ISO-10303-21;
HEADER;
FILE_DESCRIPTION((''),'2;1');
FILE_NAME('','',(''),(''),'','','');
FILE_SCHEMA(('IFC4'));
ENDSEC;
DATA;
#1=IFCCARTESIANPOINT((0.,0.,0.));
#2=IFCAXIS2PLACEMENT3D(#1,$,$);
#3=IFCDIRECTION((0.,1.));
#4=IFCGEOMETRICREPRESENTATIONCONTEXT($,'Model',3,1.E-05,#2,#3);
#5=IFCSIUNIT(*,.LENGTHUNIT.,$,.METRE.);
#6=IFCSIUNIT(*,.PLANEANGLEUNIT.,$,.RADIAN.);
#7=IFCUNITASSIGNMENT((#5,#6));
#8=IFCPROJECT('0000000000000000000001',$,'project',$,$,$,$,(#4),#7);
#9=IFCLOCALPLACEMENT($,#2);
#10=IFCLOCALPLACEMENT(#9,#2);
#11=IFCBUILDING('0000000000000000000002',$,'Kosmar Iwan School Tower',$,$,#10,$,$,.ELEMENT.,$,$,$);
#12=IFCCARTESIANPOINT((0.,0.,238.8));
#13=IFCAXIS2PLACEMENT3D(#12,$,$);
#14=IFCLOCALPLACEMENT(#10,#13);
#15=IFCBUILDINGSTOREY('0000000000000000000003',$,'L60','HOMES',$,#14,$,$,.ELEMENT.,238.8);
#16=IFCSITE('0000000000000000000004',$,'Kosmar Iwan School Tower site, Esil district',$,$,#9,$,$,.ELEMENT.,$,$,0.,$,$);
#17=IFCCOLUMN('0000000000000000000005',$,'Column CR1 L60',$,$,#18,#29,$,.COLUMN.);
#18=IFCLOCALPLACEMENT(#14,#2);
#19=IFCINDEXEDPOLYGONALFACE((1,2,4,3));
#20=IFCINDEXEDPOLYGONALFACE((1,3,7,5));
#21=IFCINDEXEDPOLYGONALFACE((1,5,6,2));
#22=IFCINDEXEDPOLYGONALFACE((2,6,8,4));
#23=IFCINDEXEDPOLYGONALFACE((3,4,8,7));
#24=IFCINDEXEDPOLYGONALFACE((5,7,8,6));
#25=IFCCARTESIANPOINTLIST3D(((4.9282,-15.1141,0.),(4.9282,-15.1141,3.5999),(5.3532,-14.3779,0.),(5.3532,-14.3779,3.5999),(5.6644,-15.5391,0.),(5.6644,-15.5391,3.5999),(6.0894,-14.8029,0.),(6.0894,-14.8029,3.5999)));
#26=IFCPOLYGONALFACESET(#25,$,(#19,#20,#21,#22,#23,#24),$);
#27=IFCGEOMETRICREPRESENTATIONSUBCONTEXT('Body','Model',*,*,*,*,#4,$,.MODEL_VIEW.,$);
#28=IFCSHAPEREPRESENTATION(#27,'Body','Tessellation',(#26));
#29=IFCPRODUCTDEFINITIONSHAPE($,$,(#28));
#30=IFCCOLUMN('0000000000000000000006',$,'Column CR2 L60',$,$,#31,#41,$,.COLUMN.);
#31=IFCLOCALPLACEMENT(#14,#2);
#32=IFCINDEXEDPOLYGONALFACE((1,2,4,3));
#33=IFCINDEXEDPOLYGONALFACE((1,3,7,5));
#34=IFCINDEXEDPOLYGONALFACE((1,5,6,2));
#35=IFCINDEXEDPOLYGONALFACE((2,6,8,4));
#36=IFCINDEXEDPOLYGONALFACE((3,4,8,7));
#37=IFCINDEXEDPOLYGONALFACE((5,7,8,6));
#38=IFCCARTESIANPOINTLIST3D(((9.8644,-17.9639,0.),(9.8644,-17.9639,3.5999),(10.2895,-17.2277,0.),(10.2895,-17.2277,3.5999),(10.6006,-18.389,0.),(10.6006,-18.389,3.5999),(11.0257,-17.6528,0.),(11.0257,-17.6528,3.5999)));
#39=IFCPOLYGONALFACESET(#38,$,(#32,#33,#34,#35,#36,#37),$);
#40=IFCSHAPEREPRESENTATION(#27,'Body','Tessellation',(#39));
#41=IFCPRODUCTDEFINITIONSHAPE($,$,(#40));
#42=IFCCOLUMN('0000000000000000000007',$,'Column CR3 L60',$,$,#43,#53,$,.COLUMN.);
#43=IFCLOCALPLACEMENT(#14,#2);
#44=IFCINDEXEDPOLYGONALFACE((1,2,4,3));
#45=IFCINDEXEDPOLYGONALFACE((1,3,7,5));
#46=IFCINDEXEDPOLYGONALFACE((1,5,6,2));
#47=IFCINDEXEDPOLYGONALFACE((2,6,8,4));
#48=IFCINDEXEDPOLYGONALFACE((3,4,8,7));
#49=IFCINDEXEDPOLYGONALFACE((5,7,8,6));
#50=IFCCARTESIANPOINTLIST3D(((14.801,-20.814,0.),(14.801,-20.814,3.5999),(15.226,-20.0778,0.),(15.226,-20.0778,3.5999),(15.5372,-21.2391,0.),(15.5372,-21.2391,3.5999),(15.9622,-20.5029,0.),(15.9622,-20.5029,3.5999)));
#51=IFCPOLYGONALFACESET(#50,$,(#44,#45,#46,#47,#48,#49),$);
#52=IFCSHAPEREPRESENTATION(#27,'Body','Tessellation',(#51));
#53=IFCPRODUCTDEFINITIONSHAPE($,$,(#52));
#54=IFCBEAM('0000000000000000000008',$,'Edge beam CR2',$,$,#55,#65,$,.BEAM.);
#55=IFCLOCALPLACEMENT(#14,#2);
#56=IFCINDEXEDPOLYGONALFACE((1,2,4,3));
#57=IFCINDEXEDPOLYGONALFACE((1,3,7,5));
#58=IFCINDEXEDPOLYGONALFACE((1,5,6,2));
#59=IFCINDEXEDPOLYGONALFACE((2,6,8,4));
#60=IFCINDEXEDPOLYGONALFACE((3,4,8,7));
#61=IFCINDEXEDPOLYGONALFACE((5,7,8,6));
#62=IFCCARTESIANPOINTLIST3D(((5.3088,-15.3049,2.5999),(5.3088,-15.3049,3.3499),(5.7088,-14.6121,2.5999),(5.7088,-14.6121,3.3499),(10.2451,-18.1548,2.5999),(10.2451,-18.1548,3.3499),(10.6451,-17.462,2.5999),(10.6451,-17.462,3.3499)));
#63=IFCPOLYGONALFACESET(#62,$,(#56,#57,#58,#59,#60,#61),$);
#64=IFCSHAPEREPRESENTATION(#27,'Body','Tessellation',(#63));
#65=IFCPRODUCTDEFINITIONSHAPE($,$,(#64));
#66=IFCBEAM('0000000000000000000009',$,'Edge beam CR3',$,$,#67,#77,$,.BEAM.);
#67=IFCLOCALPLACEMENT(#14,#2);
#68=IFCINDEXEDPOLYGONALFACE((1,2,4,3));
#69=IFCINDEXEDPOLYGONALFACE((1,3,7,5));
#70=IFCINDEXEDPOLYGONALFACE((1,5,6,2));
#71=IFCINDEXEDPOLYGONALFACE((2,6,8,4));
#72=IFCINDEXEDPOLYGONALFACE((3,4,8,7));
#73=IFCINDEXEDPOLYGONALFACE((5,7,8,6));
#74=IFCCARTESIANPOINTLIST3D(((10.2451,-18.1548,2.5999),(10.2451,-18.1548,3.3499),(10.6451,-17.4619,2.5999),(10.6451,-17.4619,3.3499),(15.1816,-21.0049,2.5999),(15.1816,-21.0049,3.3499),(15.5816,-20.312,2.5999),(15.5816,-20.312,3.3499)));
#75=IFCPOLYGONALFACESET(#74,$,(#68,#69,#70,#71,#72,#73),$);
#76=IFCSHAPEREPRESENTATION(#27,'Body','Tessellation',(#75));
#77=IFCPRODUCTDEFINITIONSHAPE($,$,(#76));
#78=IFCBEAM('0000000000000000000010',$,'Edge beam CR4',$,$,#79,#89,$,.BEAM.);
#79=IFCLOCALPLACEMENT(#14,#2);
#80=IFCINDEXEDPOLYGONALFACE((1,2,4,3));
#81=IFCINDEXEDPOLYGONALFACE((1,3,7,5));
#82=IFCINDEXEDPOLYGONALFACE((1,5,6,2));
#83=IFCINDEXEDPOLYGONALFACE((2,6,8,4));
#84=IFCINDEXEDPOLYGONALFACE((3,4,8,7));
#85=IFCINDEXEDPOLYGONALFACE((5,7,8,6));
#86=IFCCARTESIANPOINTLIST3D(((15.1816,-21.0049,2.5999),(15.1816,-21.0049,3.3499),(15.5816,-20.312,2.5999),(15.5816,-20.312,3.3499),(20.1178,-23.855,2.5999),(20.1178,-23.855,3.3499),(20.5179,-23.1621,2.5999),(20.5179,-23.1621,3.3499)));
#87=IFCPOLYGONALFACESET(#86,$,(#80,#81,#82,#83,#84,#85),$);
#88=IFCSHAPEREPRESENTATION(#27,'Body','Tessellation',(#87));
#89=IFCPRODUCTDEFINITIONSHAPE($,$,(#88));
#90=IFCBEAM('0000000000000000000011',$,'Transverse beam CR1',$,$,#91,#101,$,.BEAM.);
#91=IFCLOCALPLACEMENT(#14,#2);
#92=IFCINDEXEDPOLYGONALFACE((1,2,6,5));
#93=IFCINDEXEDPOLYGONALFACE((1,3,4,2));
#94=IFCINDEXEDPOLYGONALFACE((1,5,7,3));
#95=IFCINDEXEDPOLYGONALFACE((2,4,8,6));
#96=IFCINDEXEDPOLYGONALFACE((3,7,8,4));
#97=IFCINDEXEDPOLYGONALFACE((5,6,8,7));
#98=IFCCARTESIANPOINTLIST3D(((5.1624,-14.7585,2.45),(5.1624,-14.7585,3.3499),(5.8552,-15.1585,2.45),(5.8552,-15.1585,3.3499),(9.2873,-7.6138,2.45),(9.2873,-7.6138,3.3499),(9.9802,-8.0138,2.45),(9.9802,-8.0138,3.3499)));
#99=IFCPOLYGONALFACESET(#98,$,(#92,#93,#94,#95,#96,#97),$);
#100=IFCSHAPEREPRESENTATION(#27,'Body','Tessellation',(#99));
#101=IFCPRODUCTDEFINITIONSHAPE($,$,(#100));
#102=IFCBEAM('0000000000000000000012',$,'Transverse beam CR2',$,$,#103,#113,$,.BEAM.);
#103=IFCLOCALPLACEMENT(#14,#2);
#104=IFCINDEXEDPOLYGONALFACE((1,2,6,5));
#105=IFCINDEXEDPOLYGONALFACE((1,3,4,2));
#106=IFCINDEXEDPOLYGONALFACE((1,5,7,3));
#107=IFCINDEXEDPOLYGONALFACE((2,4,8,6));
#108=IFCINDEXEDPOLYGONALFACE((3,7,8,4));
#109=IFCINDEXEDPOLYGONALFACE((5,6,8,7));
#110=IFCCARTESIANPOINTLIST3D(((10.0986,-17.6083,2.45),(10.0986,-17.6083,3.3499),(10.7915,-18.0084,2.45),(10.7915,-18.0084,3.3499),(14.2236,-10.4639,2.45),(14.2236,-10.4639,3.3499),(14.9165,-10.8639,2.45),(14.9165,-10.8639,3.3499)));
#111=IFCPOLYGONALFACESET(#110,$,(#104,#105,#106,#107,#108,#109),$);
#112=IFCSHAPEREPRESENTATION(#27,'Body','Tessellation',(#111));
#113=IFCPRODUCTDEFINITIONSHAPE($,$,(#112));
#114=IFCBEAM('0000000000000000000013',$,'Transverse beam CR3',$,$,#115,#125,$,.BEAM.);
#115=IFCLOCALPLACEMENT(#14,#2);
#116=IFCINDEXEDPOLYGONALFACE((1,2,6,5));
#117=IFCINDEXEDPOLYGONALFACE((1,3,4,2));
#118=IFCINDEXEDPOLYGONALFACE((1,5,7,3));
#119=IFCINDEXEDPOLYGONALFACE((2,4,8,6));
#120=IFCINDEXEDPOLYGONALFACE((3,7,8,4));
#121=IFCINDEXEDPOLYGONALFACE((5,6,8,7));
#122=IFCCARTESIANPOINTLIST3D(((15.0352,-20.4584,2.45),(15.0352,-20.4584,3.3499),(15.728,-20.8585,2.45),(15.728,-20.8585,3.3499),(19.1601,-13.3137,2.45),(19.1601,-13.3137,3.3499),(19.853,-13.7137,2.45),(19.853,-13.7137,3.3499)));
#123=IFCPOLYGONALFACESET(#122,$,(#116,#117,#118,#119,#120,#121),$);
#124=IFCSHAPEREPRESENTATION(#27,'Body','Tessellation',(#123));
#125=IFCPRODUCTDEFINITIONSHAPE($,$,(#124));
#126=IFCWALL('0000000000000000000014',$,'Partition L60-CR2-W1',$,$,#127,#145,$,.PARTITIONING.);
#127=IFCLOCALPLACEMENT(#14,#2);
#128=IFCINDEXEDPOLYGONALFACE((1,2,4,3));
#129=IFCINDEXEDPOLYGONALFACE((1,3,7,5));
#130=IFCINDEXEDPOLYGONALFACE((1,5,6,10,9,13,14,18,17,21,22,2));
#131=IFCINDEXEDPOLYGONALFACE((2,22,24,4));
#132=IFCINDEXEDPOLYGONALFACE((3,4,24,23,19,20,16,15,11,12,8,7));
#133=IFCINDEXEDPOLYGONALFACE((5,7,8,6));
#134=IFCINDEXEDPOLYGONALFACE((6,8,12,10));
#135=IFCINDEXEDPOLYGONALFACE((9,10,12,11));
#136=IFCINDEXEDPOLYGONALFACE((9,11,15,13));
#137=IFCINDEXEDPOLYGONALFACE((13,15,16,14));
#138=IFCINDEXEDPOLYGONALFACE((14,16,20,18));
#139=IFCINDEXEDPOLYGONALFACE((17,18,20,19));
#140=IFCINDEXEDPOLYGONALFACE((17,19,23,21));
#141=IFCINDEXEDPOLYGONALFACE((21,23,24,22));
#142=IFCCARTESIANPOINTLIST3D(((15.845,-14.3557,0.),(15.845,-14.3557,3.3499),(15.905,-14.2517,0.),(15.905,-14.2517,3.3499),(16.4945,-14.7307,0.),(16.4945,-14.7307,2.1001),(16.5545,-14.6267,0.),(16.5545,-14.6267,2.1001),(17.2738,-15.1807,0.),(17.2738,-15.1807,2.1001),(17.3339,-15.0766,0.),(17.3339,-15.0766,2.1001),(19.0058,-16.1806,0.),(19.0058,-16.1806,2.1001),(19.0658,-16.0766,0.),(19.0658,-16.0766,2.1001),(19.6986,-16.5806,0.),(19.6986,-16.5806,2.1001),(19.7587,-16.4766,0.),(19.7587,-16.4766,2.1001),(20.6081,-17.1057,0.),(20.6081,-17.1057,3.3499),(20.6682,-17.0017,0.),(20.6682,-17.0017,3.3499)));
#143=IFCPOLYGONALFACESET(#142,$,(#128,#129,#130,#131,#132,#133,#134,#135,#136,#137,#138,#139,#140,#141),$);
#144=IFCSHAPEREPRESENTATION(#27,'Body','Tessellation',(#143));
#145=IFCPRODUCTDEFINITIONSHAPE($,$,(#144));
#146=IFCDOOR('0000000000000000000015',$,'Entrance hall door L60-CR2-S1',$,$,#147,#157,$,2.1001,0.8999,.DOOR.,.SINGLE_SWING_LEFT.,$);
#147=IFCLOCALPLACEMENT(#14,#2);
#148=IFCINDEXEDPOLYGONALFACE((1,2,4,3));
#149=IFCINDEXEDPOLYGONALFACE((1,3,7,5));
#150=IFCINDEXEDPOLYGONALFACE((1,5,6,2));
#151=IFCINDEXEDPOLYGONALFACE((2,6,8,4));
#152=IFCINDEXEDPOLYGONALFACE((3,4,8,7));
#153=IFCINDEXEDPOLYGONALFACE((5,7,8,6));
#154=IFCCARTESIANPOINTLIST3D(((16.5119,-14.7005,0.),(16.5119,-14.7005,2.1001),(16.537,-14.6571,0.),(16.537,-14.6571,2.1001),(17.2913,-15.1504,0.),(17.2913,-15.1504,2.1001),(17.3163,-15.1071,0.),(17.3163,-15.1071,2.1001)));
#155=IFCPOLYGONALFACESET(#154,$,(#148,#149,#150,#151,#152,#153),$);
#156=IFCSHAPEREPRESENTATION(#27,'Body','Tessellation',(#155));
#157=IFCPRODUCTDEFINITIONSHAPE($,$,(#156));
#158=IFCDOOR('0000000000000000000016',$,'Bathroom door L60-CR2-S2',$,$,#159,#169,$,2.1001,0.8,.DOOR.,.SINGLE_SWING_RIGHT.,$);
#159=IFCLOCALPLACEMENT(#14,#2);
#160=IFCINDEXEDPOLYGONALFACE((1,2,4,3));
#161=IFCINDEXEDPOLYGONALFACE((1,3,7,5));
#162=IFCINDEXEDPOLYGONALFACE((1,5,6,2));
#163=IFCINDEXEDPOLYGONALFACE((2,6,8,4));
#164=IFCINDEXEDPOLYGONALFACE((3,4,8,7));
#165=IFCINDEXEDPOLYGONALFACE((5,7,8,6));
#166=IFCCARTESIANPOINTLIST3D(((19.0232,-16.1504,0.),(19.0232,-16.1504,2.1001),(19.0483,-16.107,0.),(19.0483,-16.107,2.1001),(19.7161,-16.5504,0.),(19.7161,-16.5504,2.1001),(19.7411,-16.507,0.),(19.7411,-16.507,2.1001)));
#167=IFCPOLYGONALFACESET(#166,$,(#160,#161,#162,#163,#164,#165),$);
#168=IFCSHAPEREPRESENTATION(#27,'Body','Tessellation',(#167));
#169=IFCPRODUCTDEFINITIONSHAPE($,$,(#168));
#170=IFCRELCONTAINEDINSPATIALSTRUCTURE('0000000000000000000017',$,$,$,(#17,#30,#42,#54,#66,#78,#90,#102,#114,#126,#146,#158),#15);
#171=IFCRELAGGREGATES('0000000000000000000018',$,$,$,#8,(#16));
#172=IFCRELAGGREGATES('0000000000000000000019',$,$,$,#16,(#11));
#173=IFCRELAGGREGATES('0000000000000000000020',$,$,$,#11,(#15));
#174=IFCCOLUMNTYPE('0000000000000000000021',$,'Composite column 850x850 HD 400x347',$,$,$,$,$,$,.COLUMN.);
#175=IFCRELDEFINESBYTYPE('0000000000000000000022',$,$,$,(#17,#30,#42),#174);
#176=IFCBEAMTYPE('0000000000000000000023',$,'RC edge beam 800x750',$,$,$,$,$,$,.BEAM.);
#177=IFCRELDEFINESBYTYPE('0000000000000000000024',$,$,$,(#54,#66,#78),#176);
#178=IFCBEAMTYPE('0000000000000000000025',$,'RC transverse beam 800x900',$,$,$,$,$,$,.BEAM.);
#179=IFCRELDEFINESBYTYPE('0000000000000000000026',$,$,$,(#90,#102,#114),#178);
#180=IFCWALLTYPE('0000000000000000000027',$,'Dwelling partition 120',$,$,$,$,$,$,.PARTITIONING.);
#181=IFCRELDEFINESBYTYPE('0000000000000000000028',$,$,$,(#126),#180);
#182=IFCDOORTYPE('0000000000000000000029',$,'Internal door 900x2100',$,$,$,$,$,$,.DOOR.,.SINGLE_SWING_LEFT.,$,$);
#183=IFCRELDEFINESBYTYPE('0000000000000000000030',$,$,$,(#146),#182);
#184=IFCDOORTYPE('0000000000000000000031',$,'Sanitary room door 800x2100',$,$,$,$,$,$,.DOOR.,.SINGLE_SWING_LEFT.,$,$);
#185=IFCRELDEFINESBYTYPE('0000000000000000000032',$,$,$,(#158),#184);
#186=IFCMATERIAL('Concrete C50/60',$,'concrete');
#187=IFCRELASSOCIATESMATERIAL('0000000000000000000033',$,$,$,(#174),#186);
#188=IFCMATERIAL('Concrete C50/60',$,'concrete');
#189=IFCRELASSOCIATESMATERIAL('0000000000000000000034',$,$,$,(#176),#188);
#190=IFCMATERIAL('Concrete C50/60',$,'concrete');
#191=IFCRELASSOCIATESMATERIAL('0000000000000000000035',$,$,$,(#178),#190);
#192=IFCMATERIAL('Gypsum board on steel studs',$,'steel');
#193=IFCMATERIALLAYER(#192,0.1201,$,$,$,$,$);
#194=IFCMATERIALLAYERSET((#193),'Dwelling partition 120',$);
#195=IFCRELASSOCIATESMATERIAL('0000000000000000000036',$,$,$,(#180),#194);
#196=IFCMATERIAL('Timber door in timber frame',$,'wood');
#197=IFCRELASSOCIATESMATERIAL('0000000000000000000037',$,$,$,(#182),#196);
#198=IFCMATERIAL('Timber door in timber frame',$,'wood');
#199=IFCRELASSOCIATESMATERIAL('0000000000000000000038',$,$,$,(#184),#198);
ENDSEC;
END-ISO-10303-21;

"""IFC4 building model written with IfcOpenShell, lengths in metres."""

from ifc_helpers import new_model, si_unit, direction, frame, frame_2d, origin, origin_2d, place, context, subcontext, project, spatial, rectangle, extrude, material, layer, layer_set, material_profile, profile_set, type_object, element, fill, save


model = new_model("IFC4")

# Units and contexts
model_context = context("Model", 3, precision=1e-05, world=origin(), true_north=direction((0.0, 1.0)))
body_context = subcontext(model_context, "Body", "Model", "MODEL_VIEW")
ifc_project = project(units=[si_unit("LENGTHUNIT", "METRE"), si_unit("PLANEANGLEUNIT", "RADIAN")], contexts=[model_context])

# Site, building, storey
site_placement = place(None, origin())
site = spatial("IfcSite", under=ifc_project, at=site_placement, Name="Kosmar Iwan School Tower site, Esil district", CompositionType="ELEMENT", RefElevation=0.0)
building_placement = place(site_placement, origin())
building = spatial("IfcBuilding", under=site, at=building_placement, Name="Kosmar Iwan School Tower", CompositionType="ELEMENT")
storey_placement = place(building_placement, frame((0.0, 0.0, 238.8)))
storey = spatial("IfcBuildingStorey", under=building, at=storey_placement, Name="L60", Description="HOMES", CompositionType="ELEMENT", Elevation=238.8)

# Columns
ifc_material_1 = material(Name="Concrete C50/60", Category="concrete")
ifc_material_profile_1 = material_profile(ifc_material_1, rectangle(XDim=0.8501, YDim=0.8501, at=origin_2d()), Name="RC 850x850 + HD 400x347")
ifc_profile_set_1 = profile_set([ifc_material_profile_1], Name="Concrete C50/60")
column_type = type_object("IfcColumnType", Name="Composite column 850x850 HD 400x347", PredefinedType="COLUMN", material=ifc_profile_set_1)
for number, where, z_axis, x_axis, name in (
    (1, (5.5088, -14.9585, 0.0), (0.0, 0.0, 1.0), (0.866025, -0.5, 0.0), "Column CR1 L60"),
    (2, (10.4451, -17.8083, 0.0), (0.0, 0.0, 1.0), (0.866025, -0.5, 0.0), "Column CR2 L60"),
    (3, (15.3816, -20.6584, 0.0), (0.0, 0.0, 1.0), (0.866025, -0.5, 0.0), "Column CR3 L60"),
):
    element("IfcColumn", number, at=place(storey_placement, frame(where, z_axis=z_axis, x_axis=x_axis)), inside=storey, type_object=column_type, Name=name, PredefinedType="COLUMN", context=body_context, shape_type="SweptSolid", body=[
        extrude(rectangle(XDim=0.8501, YDim=0.8501, at=origin_2d()), origin(), (0.0, 0.0, 1.0), 3.5999),
    ])

# Beams
ifc_material_2 = material(Name="Concrete C50/60", Category="concrete")
ifc_material_profile_2 = material_profile(ifc_material_2, rectangle(XDim=0.8, YDim=0.75, at=origin_2d()), Name="RC 800x750")
ifc_profile_set_2 = profile_set([ifc_material_profile_2], Name="Concrete C50/60")
beam_type_1 = type_object("IfcBeamType", Name="RC edge beam 800x750", PredefinedType="BEAM", material=ifc_profile_set_2)
beam_1_placement = place(storey_placement, frame((5.5088, -14.9585, 2.9749), z_axis=(0.866034, -0.499986, 0.0), x_axis=(0.499986, 0.866034, 0.0)))
element("IfcBeam", 4, at=beam_1_placement, inside=storey, type_object=beam_type_1, Name="Edge beam CR2", PredefinedType="BEAM", context=body_context, shape_type="SweptSolid", body=[
    extrude(rectangle(XDim=0.8, YDim=0.75, at=origin_2d()), origin(), (0.0, 0.0, 1.0), 5.7),
])
beam_2_placement = place(storey_placement, frame((10.4451, -17.8083, 2.9749), z_axis=(0.866026, -0.499999, 0.0), x_axis=(0.499999, 0.866026, 0.0)))
element("IfcBeam", 5, at=beam_2_placement, inside=storey, type_object=beam_type_1, Name="Edge beam CR3", PredefinedType="BEAM", context=body_context, shape_type="SweptSolid", body=[
    extrude(rectangle(XDim=0.8, YDim=0.75, at=origin_2d()), origin(), (0.0, 0.0, 1.0), 5.7002),
])
beam_3_placement = place(storey_placement, frame((15.3816, -20.6584, 2.9749), z_axis=(0.866015, -0.500018, 0.0), x_axis=(0.500018, 0.866015, 0.0)))
element("IfcBeam", 6, at=beam_3_placement, inside=storey, type_object=beam_type_1, Name="Edge beam CR4", PredefinedType="BEAM", context=body_context, shape_type="SweptSolid", body=[
    extrude(rectangle(XDim=0.8, YDim=0.75, at=origin_2d()), origin(), (0.0, 0.0, 1.0), 5.7),
])
ifc_material_3 = material(Name="Concrete C50/60", Category="concrete")
ifc_material_profile_3 = material_profile(ifc_material_3, rectangle(XDim=0.8, YDim=0.8999, at=origin_2d()), Name="RC 800x900")
ifc_profile_set_3 = profile_set([ifc_material_profile_3], Name="Concrete C50/60")
beam_type_2 = type_object("IfcBeamType", Name="RC transverse beam 800x900", PredefinedType="BEAM", material=ifc_profile_set_3)
beam_4_placement = place(storey_placement, frame((5.5088, -14.9585, 2.8999), z_axis=(0.499997, 0.866027, 0.0), x_axis=(-0.866027, 0.499997, 0.0)))
element("IfcBeam", 7, at=beam_4_placement, inside=storey, type_object=beam_type_2, Name="Transverse beam CR1", PredefinedType="BEAM", context=body_context, shape_type="SweptSolid", body=[
    extrude(rectangle(XDim=0.8, YDim=0.8999, at=origin_2d()), origin(), (0.0, 0.0, 1.0), 8.25),
])
beam_5_placement = place(storey_placement, frame((10.4451, -17.8083, 2.8999), z_axis=(0.500009, 0.86602, 0.0), x_axis=(-0.86602, 0.500009, 0.0)))
element("IfcBeam", 8, at=beam_5_placement, inside=storey, type_object=beam_type_2, Name="Transverse beam CR2", PredefinedType="BEAM", context=body_context, shape_type="SweptSolid", body=[
    extrude(rectangle(XDim=0.8, YDim=0.8999, at=origin_2d()), origin(), (0.0, 0.0, 1.0), 8.2498),
])
beam_6_placement = place(storey_placement, frame((15.3816, -20.6584, 2.8999), z_axis=(0.499997, 0.866027, 0.0), x_axis=(-0.866027, 0.499997, 0.0)))
element("IfcBeam", 9, at=beam_6_placement, inside=storey, type_object=beam_type_2, Name="Transverse beam CR3", PredefinedType="BEAM", context=body_context, shape_type="SweptSolid", body=[
    extrude(rectangle(XDim=0.8, YDim=0.8999, at=origin_2d()), origin(), (0.0, 0.0, 1.0), 8.25),
])

# Wall, openings, doors
ifc_material_4 = material(Name="Gypsum board on steel studs", Category="steel")
ifc_layer = layer(ifc_material_4, 0.1201)
ifc_layer_set = layer_set([ifc_layer], Name="Dwelling partition 120")
wall_type = type_object("IfcWallType", Name="Dwelling partition 120", PredefinedType="PARTITIONING", material=ifc_layer_set)
wall_1_placement = place(storey_placement, frame((15.875, -14.3037, 0.0), z_axis=(0.0, 0.0, 1.0), x_axis=(0.866027, -0.499997, 0.0)))
wall_1 = element("IfcWall", 10, at=wall_1_placement, inside=storey, type_object=wall_type, Name="Partition L60-CR2-W1", PredefinedType="PARTITIONING", context=body_context, shape_type="SweptSolid", body=[
    extrude(rectangle(XDim=5.5, YDim=0.1201, at=frame_2d((2.75, 0.0))), origin(), (0.0, 0.0, 1.0), 3.3499),
])
opening_1_placement = place(wall_1_placement, frame((0.75, 0.0, 0.0)))
opening_1 = element("IfcOpeningElement", 11, at=opening_1_placement, cuts=wall_1, PredefinedType="OPENING", context=body_context, shape_type="SweptSolid", body=[
    extrude(rectangle(XDim=0.8999, YDim=2.1001, at=frame_2d((0.45, 1.05))), frame((0.0, 0.072, 0.0), z_axis=(0.0, -1.0, 0.0), x_axis=(1.0, 0.0, 0.0)), (0.0, 0.0, 1.0), 0.144),
])
opening_2_placement = place(wall_1_placement, frame((3.6499, 0.0, 0.0)))
opening_2 = element("IfcOpeningElement", 12, at=opening_2_placement, cuts=wall_1, PredefinedType="OPENING", context=body_context, shape_type="SweptSolid", body=[
    extrude(rectangle(XDim=0.8, YDim=2.1001, at=frame_2d((0.3999, 1.05))), frame((0.0, 0.072, 0.0), z_axis=(0.0, -1.0, 0.0), x_axis=(1.0, 0.0, 0.0)), (0.0, 0.0, 1.0), 0.144),
])
ifc_material_5 = material(Name="Timber door in timber frame", Category="wood")
door_type_1 = type_object("IfcDoorType", Name="Internal door 900x2100", OperationType="SINGLE_SWING_LEFT", PredefinedType="DOOR", material=ifc_material_5)
door_1_placement = place(opening_1_placement, origin())
door_1 = element("IfcDoor", 13, at=door_1_placement, inside=storey, type_object=door_type_1, Name="Entrance hall door L60-CR2-S1", OperationType="SINGLE_SWING_LEFT", OverallHeight=2.1001, OverallWidth=0.8999, PredefinedType="DOOR", context=body_context, shape_type="SweptSolid", body=[
    extrude(rectangle(XDim=0.8999, YDim=2.1001, at=frame_2d((0.45, 1.05))), frame((0.0, 0.0249, 0.0), z_axis=(0.0, -1.0, 0.0), x_axis=(1.0, 0.0, 0.0)), (0.0, 0.0, 1.0), 0.05),
])
fill(opening_1, door_1)
ifc_material_6 = material(Name="Timber door in timber frame", Category="wood")
door_type_2 = type_object("IfcDoorType", Name="Sanitary room door 800x2100", OperationType="SINGLE_SWING_LEFT", PredefinedType="DOOR", material=ifc_material_6)
door_2_placement = place(opening_2_placement, origin())
door_2 = element("IfcDoor", 14, at=door_2_placement, inside=storey, type_object=door_type_2, Name="Bathroom door L60-CR2-S2", OperationType="SINGLE_SWING_RIGHT", OverallHeight=2.1001, OverallWidth=0.8, PredefinedType="DOOR", context=body_context, shape_type="SweptSolid", body=[
    extrude(rectangle(XDim=0.8, YDim=2.1001, at=frame_2d((0.3999, 1.05))), frame((0.0, 0.0249, 0.0), z_axis=(0.0, -1.0, 0.0), x_axis=(1.0, 0.0, 0.0)), (0.0, 0.0, 1.0), 0.05),
])
fill(opening_2, door_2)

save(model, "model.ifc")
